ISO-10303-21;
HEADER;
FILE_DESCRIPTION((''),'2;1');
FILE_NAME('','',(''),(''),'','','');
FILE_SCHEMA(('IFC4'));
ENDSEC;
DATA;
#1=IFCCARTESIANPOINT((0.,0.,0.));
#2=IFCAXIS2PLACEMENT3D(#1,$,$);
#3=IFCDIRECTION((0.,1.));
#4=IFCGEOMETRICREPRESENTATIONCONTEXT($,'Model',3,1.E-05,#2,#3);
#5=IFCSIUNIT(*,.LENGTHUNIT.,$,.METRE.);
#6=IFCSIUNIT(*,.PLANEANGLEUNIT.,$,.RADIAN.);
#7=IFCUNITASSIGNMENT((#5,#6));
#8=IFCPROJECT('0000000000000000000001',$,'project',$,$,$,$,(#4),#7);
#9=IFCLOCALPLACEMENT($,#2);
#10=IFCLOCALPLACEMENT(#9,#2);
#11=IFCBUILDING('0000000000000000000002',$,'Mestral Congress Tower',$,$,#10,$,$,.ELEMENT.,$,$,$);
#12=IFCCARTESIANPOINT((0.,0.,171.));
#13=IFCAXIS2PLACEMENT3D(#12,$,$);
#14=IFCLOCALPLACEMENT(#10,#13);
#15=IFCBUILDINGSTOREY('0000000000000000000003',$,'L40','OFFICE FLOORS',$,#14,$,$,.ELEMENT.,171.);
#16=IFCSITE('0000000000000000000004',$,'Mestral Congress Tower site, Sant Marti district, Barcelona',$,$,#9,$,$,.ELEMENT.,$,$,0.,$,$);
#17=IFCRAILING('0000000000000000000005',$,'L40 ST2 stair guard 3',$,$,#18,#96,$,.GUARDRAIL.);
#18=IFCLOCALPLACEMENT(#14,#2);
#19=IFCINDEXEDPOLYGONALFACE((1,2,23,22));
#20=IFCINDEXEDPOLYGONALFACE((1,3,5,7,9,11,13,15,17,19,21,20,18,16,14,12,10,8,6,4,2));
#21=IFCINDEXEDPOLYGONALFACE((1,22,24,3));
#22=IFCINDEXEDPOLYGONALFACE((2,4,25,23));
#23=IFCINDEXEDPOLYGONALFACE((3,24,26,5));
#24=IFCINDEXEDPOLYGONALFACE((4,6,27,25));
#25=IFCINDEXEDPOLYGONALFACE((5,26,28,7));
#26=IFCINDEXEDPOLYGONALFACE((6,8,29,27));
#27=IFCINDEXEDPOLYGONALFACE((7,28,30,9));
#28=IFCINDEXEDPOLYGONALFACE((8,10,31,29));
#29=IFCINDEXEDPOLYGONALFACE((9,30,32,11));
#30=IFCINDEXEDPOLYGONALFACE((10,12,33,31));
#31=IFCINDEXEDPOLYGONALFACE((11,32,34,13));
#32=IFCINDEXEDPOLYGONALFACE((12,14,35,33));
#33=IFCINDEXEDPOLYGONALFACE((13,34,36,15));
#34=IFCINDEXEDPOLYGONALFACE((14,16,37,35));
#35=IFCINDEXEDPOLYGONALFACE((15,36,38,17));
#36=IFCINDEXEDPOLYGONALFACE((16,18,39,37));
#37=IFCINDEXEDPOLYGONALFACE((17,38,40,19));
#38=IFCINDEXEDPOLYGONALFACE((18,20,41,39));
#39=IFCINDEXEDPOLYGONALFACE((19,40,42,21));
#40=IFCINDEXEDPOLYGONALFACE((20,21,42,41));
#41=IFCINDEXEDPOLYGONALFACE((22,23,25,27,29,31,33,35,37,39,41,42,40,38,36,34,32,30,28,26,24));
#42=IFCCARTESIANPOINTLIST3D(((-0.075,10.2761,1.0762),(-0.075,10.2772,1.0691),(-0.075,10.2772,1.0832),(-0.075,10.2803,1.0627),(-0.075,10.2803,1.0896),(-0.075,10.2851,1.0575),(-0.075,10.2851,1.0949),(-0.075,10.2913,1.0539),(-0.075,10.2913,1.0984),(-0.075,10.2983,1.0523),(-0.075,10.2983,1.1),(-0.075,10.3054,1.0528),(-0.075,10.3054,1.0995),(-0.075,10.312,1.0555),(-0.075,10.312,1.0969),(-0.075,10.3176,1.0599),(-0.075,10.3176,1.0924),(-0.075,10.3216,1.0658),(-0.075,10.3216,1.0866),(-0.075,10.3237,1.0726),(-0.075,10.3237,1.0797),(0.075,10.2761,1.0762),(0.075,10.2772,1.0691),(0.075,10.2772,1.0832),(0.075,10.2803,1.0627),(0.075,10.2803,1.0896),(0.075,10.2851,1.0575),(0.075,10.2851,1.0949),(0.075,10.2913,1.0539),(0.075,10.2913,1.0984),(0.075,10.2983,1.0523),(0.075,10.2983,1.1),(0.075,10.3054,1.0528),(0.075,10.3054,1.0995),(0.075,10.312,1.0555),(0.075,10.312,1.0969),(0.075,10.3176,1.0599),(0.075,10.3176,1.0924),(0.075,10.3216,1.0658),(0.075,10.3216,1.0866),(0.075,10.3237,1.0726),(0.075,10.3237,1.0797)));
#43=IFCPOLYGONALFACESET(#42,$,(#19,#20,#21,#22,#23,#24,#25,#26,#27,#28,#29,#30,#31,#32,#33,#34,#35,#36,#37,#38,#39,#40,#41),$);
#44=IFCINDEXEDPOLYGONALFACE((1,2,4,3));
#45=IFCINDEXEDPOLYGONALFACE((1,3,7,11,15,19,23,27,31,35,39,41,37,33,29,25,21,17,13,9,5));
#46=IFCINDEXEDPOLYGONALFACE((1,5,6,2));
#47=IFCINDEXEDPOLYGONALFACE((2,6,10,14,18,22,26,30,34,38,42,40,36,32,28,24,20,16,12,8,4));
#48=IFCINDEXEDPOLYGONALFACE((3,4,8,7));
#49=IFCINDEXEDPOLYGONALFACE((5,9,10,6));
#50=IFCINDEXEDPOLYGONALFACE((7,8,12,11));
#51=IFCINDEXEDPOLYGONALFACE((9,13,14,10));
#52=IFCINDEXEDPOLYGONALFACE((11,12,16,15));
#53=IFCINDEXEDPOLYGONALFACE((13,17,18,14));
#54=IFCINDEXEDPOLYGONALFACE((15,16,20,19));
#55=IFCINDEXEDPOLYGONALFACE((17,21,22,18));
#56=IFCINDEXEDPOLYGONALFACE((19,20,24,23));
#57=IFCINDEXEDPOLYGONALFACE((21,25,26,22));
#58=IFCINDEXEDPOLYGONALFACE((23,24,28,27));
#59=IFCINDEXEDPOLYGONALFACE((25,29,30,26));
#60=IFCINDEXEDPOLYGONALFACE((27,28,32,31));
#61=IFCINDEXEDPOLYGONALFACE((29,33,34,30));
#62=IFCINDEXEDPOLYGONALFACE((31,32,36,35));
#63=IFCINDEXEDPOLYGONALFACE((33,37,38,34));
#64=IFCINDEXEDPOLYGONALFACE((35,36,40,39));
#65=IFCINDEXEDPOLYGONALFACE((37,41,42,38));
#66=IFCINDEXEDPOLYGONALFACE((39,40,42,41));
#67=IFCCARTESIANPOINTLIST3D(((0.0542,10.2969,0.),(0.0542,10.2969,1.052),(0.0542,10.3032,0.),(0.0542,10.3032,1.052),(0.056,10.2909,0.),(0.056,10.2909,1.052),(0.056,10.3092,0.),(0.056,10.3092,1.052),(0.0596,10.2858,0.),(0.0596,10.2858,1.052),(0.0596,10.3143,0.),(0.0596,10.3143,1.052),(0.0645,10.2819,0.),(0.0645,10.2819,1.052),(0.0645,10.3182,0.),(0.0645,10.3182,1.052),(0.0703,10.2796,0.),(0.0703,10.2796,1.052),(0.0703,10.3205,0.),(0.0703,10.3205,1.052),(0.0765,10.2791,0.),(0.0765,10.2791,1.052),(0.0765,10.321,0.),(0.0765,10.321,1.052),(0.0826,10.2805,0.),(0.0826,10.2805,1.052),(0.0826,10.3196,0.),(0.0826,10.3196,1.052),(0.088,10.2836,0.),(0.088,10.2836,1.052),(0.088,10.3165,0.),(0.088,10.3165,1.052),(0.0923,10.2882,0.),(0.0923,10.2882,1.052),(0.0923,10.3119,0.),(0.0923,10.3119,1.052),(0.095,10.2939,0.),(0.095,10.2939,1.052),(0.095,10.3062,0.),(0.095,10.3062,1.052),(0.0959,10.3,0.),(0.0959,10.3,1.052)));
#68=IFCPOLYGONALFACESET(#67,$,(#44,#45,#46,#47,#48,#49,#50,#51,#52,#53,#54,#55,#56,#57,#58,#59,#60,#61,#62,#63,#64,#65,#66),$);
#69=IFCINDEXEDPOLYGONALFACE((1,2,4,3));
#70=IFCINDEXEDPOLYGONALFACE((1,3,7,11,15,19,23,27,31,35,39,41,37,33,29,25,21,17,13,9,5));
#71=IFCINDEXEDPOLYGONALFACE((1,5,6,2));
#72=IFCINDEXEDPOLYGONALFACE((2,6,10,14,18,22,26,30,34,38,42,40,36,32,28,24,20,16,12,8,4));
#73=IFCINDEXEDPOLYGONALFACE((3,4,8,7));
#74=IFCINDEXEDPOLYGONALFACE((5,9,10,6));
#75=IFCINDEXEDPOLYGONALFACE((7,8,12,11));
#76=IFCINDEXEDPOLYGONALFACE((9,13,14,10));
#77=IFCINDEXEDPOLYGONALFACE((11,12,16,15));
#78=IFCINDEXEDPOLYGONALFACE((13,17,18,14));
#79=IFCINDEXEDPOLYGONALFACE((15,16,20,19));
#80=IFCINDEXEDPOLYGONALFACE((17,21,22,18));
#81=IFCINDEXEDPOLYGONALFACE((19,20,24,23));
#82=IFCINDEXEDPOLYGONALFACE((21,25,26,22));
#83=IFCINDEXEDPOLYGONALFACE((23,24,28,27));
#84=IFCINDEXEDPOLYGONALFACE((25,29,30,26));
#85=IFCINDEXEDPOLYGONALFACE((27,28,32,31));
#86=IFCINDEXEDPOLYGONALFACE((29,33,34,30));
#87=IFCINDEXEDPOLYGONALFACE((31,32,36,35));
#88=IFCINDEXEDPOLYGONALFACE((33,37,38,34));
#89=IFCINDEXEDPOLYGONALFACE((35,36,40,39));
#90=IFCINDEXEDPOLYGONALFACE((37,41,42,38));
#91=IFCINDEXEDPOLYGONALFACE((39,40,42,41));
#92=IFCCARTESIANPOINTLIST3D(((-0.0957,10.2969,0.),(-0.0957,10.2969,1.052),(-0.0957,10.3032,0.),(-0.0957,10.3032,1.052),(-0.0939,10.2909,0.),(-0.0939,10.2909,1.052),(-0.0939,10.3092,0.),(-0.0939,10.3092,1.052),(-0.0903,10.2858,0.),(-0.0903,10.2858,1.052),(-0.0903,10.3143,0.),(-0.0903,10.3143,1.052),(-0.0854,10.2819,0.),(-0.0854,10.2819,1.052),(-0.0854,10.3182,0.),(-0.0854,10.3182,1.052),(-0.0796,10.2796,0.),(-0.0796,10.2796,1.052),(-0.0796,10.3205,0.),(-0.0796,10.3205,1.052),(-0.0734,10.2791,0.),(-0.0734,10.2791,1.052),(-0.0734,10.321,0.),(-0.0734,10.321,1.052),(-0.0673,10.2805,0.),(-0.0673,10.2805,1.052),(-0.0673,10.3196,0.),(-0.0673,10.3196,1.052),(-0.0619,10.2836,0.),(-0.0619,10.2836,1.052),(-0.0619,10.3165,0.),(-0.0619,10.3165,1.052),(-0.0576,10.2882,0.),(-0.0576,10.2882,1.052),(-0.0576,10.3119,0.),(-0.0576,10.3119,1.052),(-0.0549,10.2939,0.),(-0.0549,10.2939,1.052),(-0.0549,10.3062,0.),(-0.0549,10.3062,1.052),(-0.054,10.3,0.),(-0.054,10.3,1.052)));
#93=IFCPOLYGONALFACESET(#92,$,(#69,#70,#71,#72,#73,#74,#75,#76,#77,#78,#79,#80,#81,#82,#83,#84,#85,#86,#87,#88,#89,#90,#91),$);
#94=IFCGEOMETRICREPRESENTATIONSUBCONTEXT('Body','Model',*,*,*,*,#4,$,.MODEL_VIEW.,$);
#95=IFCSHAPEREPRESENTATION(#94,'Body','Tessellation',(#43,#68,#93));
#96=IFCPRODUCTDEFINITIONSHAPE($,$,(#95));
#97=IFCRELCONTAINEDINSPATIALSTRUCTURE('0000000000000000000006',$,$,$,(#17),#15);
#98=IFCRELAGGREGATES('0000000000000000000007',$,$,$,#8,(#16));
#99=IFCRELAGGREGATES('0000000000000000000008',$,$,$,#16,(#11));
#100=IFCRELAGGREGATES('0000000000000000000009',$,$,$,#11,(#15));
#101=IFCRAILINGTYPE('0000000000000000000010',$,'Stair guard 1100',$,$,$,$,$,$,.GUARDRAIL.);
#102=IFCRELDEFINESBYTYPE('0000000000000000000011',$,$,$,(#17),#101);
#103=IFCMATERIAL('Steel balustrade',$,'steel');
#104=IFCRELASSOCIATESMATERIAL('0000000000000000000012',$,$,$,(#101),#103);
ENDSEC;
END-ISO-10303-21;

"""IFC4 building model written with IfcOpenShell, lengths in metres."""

from ifc_helpers import new_model, si_unit, direction, frame, origin, origin_2d, place, context, subcontext, project, spatial, circle, extrude, material, type_object, element, save


model = new_model("IFC4")

# Units and contexts
model_context = context("Model", 3, precision=1e-05, world=origin(), true_north=direction((0.0, 1.0)))
body_context = subcontext(model_context, "Body", "Model", "MODEL_VIEW")
ifc_project = project(units=[si_unit("LENGTHUNIT", "METRE"), si_unit("PLANEANGLEUNIT", "RADIAN")], contexts=[model_context])

# Site, building, storey
site_placement = place(None, origin())
site = spatial("IfcSite", under=ifc_project, at=site_placement, Name="Mestral Congress Tower site, Sant Marti district, Barcelona", CompositionType="ELEMENT", RefElevation=0.0)
building_placement = place(site_placement, origin())
building = spatial("IfcBuilding", under=site, at=building_placement, Name="Mestral Congress Tower", CompositionType="ELEMENT")
storey_placement = place(building_placement, frame((0.0, 0.0, 171.0)))
storey = spatial("IfcBuildingStorey", under=building, at=storey_placement, Name="L40", Description="OFFICE FLOORS", CompositionType="ELEMENT", Elevation=171.0)

# Railing
ifc_material_1 = material(Name="Steel balustrade", Category="steel")
railing_type_1 = type_object("IfcRailingType", Name="Stair guard 1100", PredefinedType="GUARDRAIL", material=ifc_material_1)
railing_1_placement = place(storey_placement, frame((0.075, 10.3, 0.0)))
element("IfcRailing", 1, at=railing_1_placement, inside=storey, type_object=railing_type_1, Name="L40 ST2 stair guard 3", PredefinedType="GUARDRAIL", context=body_context, shape_type="SweptSolid", body=[
    extrude(circle(Radius=0.0239, at=origin_2d()), frame((0.0, 0.0, 1.0762), z_axis=(-1.0, 0.0, 0.0), x_axis=(0.0, -1.0, 0.0)), (0.0, 0.0, 1.0), 0.1499),
    extrude(circle(Radius=0.021, at=origin_2d()), origin(), (0.0, 0.0, 1.0), 1.052),
    extrude(circle(Radius=0.021, at=origin_2d()), frame((-0.1499, 0.0, 0.0)), (0.0, 0.0, 1.0), 1.052),
])

save(model, "model.ifc")
